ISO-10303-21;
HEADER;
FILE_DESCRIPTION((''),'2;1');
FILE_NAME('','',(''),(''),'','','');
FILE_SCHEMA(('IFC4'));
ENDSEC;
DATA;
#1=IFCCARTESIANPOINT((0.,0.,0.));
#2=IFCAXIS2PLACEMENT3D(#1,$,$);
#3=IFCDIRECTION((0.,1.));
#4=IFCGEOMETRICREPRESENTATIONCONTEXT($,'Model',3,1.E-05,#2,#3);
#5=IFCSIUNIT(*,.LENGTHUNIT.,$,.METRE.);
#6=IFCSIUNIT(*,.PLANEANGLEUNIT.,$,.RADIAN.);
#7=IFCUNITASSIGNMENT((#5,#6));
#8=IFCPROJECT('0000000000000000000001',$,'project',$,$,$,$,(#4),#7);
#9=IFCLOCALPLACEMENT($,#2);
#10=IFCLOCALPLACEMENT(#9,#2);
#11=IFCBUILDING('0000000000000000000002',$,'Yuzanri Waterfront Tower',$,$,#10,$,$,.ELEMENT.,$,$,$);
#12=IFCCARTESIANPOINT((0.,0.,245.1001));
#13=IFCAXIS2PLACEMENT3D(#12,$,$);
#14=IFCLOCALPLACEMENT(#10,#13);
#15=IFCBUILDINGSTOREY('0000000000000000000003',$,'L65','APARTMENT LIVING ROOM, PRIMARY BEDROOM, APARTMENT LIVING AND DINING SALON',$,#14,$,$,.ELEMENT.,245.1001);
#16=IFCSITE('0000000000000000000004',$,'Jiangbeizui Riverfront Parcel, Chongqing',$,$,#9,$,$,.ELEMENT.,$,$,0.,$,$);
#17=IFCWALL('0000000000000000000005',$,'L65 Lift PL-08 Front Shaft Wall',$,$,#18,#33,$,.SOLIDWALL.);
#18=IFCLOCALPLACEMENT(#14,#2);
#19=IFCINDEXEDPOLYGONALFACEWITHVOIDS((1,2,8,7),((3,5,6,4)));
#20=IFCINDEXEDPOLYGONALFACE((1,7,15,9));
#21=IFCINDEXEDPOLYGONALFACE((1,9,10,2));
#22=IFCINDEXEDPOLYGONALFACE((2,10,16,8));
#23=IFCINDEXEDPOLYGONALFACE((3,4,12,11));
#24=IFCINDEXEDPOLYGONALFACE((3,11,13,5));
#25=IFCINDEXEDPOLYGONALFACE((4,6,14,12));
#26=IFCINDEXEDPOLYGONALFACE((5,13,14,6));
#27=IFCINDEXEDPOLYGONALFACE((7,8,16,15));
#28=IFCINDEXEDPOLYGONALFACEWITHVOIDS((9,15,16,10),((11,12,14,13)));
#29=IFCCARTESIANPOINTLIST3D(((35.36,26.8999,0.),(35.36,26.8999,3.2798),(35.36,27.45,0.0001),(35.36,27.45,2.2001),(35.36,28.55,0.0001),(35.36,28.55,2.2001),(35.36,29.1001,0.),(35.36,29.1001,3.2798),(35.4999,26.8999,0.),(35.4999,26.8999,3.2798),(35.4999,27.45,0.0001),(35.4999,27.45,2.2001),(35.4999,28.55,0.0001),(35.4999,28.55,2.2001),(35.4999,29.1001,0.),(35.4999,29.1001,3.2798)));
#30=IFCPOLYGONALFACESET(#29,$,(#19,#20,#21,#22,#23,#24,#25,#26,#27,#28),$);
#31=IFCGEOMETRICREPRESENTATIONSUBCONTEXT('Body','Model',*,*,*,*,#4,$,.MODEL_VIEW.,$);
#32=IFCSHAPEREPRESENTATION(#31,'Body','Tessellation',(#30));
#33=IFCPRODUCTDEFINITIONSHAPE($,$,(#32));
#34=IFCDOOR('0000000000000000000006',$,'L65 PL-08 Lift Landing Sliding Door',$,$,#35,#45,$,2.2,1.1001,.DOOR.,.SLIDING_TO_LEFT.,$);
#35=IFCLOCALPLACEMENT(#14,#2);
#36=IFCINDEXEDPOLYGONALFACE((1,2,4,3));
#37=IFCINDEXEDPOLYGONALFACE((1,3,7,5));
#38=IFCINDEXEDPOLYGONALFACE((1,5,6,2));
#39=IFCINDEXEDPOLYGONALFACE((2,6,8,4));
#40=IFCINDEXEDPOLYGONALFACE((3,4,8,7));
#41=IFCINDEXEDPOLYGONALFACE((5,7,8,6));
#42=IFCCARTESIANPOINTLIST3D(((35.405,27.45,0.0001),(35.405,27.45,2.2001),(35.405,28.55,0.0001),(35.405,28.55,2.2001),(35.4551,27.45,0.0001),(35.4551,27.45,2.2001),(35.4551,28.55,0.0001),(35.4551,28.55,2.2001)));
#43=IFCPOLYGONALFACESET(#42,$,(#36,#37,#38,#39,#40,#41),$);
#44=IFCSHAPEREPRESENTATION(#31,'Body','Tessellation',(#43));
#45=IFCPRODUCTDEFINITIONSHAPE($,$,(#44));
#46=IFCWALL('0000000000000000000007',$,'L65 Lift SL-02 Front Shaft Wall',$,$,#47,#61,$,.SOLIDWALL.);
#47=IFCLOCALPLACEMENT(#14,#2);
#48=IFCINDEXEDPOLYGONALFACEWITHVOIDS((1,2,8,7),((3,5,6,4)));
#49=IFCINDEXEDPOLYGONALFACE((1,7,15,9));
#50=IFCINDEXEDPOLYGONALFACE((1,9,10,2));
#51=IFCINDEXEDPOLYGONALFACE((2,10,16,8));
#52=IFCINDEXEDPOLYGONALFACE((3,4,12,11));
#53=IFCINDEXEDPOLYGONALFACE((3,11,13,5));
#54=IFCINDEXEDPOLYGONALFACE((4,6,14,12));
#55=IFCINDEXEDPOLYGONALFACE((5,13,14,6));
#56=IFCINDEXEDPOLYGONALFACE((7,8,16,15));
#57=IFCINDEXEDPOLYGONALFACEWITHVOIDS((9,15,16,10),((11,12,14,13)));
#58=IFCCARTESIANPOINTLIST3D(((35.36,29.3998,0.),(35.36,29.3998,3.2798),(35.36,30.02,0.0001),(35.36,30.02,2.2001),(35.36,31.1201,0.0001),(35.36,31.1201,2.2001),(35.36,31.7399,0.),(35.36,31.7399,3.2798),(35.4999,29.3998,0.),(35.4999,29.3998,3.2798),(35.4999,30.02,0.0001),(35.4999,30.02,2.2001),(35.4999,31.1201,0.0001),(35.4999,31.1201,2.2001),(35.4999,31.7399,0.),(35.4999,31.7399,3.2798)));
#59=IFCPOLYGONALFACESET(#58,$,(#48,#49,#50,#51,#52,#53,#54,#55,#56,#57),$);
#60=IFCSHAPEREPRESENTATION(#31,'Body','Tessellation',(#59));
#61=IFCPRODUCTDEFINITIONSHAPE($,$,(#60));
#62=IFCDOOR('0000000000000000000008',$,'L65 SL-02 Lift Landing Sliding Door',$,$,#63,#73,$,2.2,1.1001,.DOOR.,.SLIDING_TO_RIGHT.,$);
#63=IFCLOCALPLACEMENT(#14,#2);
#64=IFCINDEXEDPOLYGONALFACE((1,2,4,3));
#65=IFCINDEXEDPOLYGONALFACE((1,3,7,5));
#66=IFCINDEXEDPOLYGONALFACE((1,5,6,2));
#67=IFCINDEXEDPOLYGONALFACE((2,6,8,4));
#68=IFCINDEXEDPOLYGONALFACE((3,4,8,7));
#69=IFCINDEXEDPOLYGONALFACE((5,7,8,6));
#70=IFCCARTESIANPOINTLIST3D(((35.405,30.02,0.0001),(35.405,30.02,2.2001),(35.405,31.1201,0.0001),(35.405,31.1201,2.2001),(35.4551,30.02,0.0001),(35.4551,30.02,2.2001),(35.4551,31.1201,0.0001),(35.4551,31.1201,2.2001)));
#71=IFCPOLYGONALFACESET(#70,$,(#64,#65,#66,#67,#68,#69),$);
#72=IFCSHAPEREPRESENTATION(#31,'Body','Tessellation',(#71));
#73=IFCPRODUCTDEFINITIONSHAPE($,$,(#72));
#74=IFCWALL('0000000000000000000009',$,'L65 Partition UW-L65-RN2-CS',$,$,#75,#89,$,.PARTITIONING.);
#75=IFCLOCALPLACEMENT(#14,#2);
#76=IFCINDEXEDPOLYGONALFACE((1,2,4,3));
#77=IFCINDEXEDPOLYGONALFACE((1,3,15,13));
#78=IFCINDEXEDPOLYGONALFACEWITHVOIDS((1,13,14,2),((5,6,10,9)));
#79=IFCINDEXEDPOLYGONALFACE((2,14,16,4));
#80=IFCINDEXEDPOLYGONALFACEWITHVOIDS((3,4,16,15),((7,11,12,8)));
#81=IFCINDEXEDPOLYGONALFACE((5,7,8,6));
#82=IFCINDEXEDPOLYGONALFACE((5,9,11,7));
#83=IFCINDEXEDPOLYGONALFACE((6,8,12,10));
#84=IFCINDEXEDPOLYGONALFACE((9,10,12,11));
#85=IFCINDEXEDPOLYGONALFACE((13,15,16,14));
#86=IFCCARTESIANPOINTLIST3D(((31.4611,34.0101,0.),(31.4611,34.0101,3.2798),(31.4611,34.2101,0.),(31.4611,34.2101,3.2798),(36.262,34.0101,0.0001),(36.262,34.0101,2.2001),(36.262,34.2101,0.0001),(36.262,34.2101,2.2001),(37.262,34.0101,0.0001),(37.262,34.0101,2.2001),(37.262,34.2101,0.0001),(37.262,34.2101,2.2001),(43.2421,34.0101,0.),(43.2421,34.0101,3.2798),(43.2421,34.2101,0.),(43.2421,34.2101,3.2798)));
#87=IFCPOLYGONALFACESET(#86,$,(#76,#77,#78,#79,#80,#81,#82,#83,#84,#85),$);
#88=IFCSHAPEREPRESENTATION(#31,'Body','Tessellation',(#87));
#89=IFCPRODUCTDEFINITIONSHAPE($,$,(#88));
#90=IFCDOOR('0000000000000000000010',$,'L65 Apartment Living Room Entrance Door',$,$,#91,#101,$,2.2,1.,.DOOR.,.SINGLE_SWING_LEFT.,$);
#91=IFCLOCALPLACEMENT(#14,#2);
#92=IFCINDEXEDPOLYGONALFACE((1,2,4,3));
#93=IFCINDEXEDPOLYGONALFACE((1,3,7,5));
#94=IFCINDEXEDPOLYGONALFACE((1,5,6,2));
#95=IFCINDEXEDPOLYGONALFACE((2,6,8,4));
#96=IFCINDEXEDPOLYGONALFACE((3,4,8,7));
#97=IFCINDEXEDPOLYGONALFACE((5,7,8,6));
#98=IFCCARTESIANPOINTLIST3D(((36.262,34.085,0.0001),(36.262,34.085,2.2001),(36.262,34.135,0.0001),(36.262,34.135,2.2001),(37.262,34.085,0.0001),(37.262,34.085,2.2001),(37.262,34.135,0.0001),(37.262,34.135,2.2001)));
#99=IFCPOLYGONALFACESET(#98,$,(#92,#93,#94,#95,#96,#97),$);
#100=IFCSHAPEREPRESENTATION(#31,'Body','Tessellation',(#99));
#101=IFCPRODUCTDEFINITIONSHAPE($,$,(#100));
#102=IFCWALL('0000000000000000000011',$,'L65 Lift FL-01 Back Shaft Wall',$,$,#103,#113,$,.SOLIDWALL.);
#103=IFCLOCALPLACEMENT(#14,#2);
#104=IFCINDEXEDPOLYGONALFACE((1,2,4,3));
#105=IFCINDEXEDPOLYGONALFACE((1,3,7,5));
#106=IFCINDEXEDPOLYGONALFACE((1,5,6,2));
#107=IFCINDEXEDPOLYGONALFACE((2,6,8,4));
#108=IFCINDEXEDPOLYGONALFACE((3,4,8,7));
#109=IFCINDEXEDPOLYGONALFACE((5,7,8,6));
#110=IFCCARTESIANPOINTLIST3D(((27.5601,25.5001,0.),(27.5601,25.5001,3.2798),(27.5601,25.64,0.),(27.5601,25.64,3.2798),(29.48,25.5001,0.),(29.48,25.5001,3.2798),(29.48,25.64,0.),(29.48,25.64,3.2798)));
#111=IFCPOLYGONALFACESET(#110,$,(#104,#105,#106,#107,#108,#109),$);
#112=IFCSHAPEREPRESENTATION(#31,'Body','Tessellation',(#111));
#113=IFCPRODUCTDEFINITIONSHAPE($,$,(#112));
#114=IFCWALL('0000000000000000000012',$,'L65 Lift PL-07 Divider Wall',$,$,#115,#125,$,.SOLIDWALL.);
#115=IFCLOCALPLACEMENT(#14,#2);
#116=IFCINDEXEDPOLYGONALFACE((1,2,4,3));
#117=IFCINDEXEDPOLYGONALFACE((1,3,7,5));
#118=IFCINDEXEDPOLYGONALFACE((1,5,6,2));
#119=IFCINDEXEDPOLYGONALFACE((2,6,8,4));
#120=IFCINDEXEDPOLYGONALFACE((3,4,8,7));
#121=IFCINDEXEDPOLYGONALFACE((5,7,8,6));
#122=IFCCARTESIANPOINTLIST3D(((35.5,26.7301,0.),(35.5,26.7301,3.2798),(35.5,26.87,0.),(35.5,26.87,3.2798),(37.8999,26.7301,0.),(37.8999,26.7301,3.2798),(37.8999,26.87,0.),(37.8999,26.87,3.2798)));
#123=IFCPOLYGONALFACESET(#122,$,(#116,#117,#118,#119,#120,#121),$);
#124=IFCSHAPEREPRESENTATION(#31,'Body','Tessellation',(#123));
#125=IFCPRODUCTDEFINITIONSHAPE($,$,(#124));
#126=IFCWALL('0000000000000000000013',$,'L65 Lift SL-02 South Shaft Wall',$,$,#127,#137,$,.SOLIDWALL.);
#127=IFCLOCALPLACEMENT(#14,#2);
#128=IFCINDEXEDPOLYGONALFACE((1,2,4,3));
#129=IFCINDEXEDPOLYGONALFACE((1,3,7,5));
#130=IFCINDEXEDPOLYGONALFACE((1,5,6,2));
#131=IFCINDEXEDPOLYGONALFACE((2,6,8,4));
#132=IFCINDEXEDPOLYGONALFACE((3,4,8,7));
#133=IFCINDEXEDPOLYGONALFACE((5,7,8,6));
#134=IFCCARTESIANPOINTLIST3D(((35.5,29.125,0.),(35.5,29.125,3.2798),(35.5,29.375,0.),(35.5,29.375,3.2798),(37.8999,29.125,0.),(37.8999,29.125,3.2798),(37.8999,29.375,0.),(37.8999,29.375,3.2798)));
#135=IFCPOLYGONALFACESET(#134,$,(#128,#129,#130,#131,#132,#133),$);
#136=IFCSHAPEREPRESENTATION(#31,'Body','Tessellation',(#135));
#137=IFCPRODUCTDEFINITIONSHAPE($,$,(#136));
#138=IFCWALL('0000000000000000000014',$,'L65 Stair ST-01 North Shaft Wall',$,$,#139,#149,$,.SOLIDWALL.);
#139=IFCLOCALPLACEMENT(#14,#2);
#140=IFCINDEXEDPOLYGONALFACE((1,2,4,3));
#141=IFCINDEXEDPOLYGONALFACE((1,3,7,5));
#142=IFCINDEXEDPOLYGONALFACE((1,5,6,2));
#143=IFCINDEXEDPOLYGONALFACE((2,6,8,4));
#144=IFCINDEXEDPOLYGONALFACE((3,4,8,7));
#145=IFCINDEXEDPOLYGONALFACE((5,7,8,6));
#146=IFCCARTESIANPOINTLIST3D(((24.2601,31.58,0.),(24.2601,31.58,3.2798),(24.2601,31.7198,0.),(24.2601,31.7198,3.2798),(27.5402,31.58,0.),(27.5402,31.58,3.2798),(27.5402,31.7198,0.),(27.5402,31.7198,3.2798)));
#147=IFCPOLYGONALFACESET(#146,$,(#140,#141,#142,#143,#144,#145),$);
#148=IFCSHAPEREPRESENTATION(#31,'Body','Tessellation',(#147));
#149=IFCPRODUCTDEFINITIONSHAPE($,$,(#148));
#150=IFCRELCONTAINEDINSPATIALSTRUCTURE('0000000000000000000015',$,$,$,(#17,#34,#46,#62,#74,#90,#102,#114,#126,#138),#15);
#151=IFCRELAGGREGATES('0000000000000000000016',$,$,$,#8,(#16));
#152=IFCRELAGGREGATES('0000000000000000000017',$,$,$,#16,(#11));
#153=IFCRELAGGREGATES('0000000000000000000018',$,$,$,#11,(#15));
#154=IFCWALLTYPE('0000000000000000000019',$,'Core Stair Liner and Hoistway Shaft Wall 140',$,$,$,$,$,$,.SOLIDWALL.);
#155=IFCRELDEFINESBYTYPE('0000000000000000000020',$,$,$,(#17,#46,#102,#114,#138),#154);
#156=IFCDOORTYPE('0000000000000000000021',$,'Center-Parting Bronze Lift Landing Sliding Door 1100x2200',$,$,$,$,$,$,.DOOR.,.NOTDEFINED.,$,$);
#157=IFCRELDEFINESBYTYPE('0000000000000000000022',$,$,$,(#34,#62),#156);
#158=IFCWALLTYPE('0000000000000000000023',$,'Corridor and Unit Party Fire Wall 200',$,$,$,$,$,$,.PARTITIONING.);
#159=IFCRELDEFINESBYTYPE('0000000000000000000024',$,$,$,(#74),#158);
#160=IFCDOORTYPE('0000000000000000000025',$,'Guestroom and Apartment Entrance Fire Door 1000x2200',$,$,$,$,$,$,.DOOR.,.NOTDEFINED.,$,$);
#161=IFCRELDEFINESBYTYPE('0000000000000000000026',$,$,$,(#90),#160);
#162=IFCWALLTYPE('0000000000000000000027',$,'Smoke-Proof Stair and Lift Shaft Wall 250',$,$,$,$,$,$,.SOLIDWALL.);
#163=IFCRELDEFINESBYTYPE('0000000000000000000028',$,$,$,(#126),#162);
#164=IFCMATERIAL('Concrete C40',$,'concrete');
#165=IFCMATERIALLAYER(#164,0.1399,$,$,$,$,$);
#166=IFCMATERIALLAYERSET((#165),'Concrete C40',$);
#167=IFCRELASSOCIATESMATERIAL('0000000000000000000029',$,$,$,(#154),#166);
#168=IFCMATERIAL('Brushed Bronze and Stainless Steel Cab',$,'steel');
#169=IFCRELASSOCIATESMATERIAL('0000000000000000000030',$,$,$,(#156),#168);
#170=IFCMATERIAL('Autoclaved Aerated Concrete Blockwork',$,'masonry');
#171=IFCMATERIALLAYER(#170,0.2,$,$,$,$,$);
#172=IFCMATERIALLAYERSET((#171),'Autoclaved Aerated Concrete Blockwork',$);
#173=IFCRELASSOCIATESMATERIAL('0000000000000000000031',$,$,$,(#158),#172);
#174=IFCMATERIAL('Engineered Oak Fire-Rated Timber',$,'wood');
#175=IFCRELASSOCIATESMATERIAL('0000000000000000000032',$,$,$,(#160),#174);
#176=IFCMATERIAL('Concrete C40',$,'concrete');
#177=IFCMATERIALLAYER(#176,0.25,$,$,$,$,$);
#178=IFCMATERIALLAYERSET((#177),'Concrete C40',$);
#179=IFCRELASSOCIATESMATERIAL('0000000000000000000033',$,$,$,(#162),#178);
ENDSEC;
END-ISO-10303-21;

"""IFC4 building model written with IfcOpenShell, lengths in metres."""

from ifc_helpers import new_model, si_unit, direction, frame, frame_2d, origin, place, context, subcontext, project, spatial, rectangle, extrude, source, transform, mapped, material, layer, layer_set, type_object, element, fill, save


model = new_model("IFC4")

# Units and contexts
model_context = context("Model", 3, precision=1e-05, world=origin(), true_north=direction((0.0, 1.0)))
body_context = subcontext(model_context, "Body", "Model", "MODEL_VIEW")
ifc_project = project(units=[si_unit("LENGTHUNIT", "METRE"), si_unit("PLANEANGLEUNIT", "RADIAN")], contexts=[model_context])

# Site, building, storey
site_placement = place(None, origin())
site = spatial("IfcSite", under=ifc_project, at=site_placement, Name="Jiangbeizui Riverfront Parcel, Chongqing", CompositionType="ELEMENT", RefElevation=0.0)
building_placement = place(site_placement, origin())
building = spatial("IfcBuilding", under=site, at=building_placement, Name="Yuzanri Waterfront Tower", CompositionType="ELEMENT")
storey_placement = place(building_placement, frame((0.0, 0.0, 245.1001)))
storey = spatial("IfcBuildingStorey", under=building, at=storey_placement, Name="L65", Description="APARTMENT LIVING ROOM, PRIMARY BEDROOM, APARTMENT LIVING AND DINING SALON", CompositionType="ELEMENT", Elevation=245.1001)

# Walls, openings, doors
ifc_material_1 = material(Name="Concrete C40", Category="concrete")
ifc_layer_1 = layer(ifc_material_1, 0.1399)
ifc_layer_set_1 = layer_set([ifc_layer_1], Name="Concrete C40")
wall_type_1 = type_object("IfcWallType", Name="Core Stair Liner and Hoistway Shaft Wall 140", PredefinedType="SOLIDWALL", material=ifc_layer_set_1)
wall_1_placement = place(storey_placement, frame((35.4299, 26.8999, 0.0), z_axis=(0.0, 0.0, 1.0), x_axis=(0.0, 1.0, 0.0)))
wall_1 = element("IfcWall", 1, at=wall_1_placement, inside=storey, type_object=wall_type_1, Name="L65 Lift PL-08 Front Shaft Wall", PredefinedType="SOLIDWALL", context=body_context, shape_type="SweptSolid", body=[
    extrude(rectangle(XDim=2.2002, YDim=0.1399, at=frame_2d((1.1001, 0.0))), origin(), (0.0, 0.0, 1.0), 3.2798),
])
opening_1_placement = place(wall_1_placement, frame((0.55, 0.0, 0.0)))
opening_1 = element("IfcOpeningElement", 2, at=opening_1_placement, cuts=wall_1, PredefinedType="OPENING", context=body_context, shape_type="SweptSolid", body=[
    extrude(rectangle(XDim=1.1001, YDim=2.2, at=frame_2d((0.55, 1.1001))), frame((0.0, 0.085, 0.0), z_axis=(0.0, -1.0, 0.0), x_axis=(1.0, 0.0, 0.0)), (0.0, 0.0, 1.0), 0.1697),
])
ifc_material_2 = material(Name="Brushed Bronze and Stainless Steel Cab", Category="steel")
door_type_1 = type_object("IfcDoorType", Name="Center-Parting Bronze Lift Landing Sliding Door 1100x2200", OperationType="NOTDEFINED", PredefinedType="DOOR", material=ifc_material_2)
shared_shape_1 = source(origin(), body_context, "Body", "SweptSolid", [
    extrude(rectangle(XDim=1.1001, YDim=2.2, at=frame_2d((0.55, 1.1001))), frame((0.0, 0.0249, 0.0), z_axis=(0.0, -1.0, 0.0), x_axis=(1.0, 0.0, 0.0)), (0.0, 0.0, 1.0), 0.05),
])
door_1_placement = place(opening_1_placement, origin())
door_1 = element("IfcDoor", 3, at=door_1_placement, inside=storey, type_object=door_type_1, Name="L65 PL-08 Lift Landing Sliding Door", OperationType="SLIDING_TO_LEFT", OverallHeight=2.2, OverallWidth=1.1001, PredefinedType="DOOR", context=body_context, shape_type="MappedRepresentation", body=[
    mapped(shared_shape_1, transform((0.0, 0.0, 0.0), scale=1.0)),
])
fill(opening_1, door_1)
wall_2_placement = place(storey_placement, frame((35.4299, 29.3999, 0.0), z_axis=(0.0, 0.0, 1.0), x_axis=(0.0, 1.0, 0.0)))
wall_2 = element("IfcWall", 4, at=wall_2_placement, inside=storey, type_object=wall_type_1, Name="L65 Lift SL-02 Front Shaft Wall", PredefinedType="SOLIDWALL", context=body_context, shape_type="SweptSolid", body=[
    extrude(rectangle(XDim=2.3401, YDim=0.1399, at=frame_2d((1.1699, 0.0))), origin(), (0.0, 0.0, 1.0), 3.2798),
])
opening_2_placement = place(wall_2_placement, frame((0.6201, 0.0, 0.0)))
opening_2 = element("IfcOpeningElement", 5, at=opening_2_placement, cuts=wall_2, PredefinedType="OPENING", context=body_context, shape_type="SweptSolid", body=[
    extrude(rectangle(XDim=1.1001, YDim=2.2, at=frame_2d((0.55, 1.1001))), frame((0.0, 0.085, 0.0), z_axis=(0.0, -1.0, 0.0), x_axis=(1.0, 0.0, 0.0)), (0.0, 0.0, 1.0), 0.1697),
])
door_2_placement = place(opening_2_placement, origin())
door_2 = element("IfcDoor", 6, at=door_2_placement, inside=storey, type_object=door_type_1, Name="L65 SL-02 Lift Landing Sliding Door", OperationType="SLIDING_TO_RIGHT", OverallHeight=2.2, OverallWidth=1.1001, PredefinedType="DOOR", context=body_context, shape_type="MappedRepresentation", body=[
    mapped(shared_shape_1, transform((0.0, 0.0, 0.0), scale=1.0)),
])
fill(opening_2, door_2)
ifc_material_3 = material(Name="Autoclaved Aerated Concrete Blockwork", Category="masonry")
ifc_layer_2 = layer(ifc_material_3, 0.2)
ifc_layer_set_2 = layer_set([ifc_layer_2], Name="Autoclaved Aerated Concrete Blockwork")
wall_type_2 = type_object("IfcWallType", Name="Corridor and Unit Party Fire Wall 200", PredefinedType="PARTITIONING", material=ifc_layer_set_2)
wall_3_placement = place(storey_placement, frame((31.4609, 34.1101, 0.0), z_axis=(0.0, 0.0, 1.0), x_axis=(1.0, 0.0, 0.0)))
wall_3 = element("IfcWall", 7, at=wall_3_placement, inside=storey, type_object=wall_type_2, Name="L65 Partition UW-L65-RN2-CS", PredefinedType="PARTITIONING", context=body_context, shape_type="SweptSolid", body=[
    extrude(rectangle(XDim=11.781, YDim=0.2, at=frame_2d((5.8906, 0.0))), origin(), (0.0, 0.0, 1.0), 3.2798),
])
opening_3_placement = place(wall_3_placement, frame((4.801, 0.0, 0.0)))
opening_3 = element("IfcOpeningElement", 8, at=opening_3_placement, cuts=wall_3, PredefinedType="OPENING", context=body_context, shape_type="SweptSolid", body=[
    extrude(rectangle(XDim=1.0, YDim=2.2, at=frame_2d((0.5, 1.1001))), frame((0.0, 0.1147, 0.0), z_axis=(0.0, -1.0, 0.0), x_axis=(1.0, 0.0, 0.0)), (0.0, 0.0, 1.0), 0.2297),
])
ifc_material_4 = material(Name="Engineered Oak Fire-Rated Timber", Category="wood")
door_type_2 = type_object("IfcDoorType", Name="Guestroom and Apartment Entrance Fire Door 1000x2200", OperationType="NOTDEFINED", PredefinedType="DOOR", material=ifc_material_4)
shared_shape_2 = source(origin(), body_context, "Body", "SweptSolid", [
    extrude(rectangle(XDim=1.0, YDim=2.2, at=frame_2d((0.5, 1.1001))), frame((0.0, 0.0249, 0.0), z_axis=(0.0, -1.0, 0.0), x_axis=(1.0, 0.0, 0.0)), (0.0, 0.0, 1.0), 0.05),
])
door_3_placement = place(opening_3_placement, origin())
door_3 = element("IfcDoor", 9, at=door_3_placement, inside=storey, type_object=door_type_2, Name="L65 Apartment Living Room Entrance Door", OperationType="SINGLE_SWING_LEFT", OverallHeight=2.2, OverallWidth=1.0, PredefinedType="DOOR", context=body_context, shape_type="MappedRepresentation", body=[
    mapped(shared_shape_2, transform((0.0, 0.0, 0.0), scale=1.0)),
])
fill(opening_3, door_3)

# Walls
shared_shape_3 = source(origin(), body_context, "Body", "SweptSolid", [
    extrude(rectangle(XDim=1.9199, YDim=0.1399, at=frame_2d((0.96, 0.0))), origin(), (0.0, 0.0, 1.0), 3.2798),
])
wall_4_placement = place(storey_placement, frame((27.5601, 25.5701, 0.0), z_axis=(0.0, 0.0, 1.0), x_axis=(1.0, 0.0, 0.0)))
element("IfcWall", 10, at=wall_4_placement, inside=storey, type_object=wall_type_1, Name="L65 Lift FL-01 Back Shaft Wall", PredefinedType="SOLIDWALL", context=body_context, shape_type="MappedRepresentation", body=[
    mapped(shared_shape_3, transform((0.0, 0.0, 0.0), scale=1.0)),
])
shared_shape_4 = source(origin(), body_context, "Body", "SweptSolid", [
    extrude(rectangle(XDim=2.3999, YDim=0.1399, at=frame_2d((1.2, 0.0))), origin(), (0.0, 0.0, 1.0), 3.2798),
])
wall_5_placement = place(storey_placement, frame((35.5, 26.8, 0.0), z_axis=(0.0, 0.0, 1.0), x_axis=(1.0, 0.0, 0.0)))
element("IfcWall", 11, at=wall_5_placement, inside=storey, type_object=wall_type_1, Name="L65 Lift PL-07 Divider Wall", PredefinedType="SOLIDWALL", context=body_context, shape_type="MappedRepresentation", body=[
    mapped(shared_shape_4, transform((0.0, 0.0, 0.0), scale=1.0)),
])
ifc_material_5 = material(Name="Concrete C40", Category="concrete")
ifc_layer_3 = layer(ifc_material_5, 0.25)
ifc_layer_set_3 = layer_set([ifc_layer_3], Name="Concrete C40")
wall_type_3 = type_object("IfcWallType", Name="Smoke-Proof Stair and Lift Shaft Wall 250", PredefinedType="SOLIDWALL", material=ifc_layer_set_3)
shared_shape_5 = source(origin(), body_context, "Body", "SweptSolid", [
    extrude(rectangle(XDim=2.3999, YDim=0.25, at=frame_2d((1.2, 0.0))), origin(), (0.0, 0.0, 1.0), 3.2798),
])
wall_6_placement = place(storey_placement, frame((35.5, 29.25, 0.0), z_axis=(0.0, 0.0, 1.0), x_axis=(1.0, 0.0, 0.0)))
element("IfcWall", 12, at=wall_6_placement, inside=storey, type_object=wall_type_3, Name="L65 Lift SL-02 South Shaft Wall", PredefinedType="SOLIDWALL", context=body_context, shape_type="MappedRepresentation", body=[
    mapped(shared_shape_5, transform((0.0, 0.0, 0.0), scale=1.0)),
])
shared_shape_6 = source(origin(), body_context, "Body", "SweptSolid", [
    extrude(rectangle(XDim=3.28, YDim=0.1399, at=frame_2d((1.6401, 0.0))), origin(), (0.0, 0.0, 1.0), 3.2798),
])
wall_7_placement = place(storey_placement, frame((24.26, 31.6499, 0.0), z_axis=(0.0, 0.0, 1.0), x_axis=(1.0, 0.0, 0.0)))
element("IfcWall", 13, at=wall_7_placement, inside=storey, type_object=wall_type_1, Name="L65 Stair ST-01 North Shaft Wall", PredefinedType="SOLIDWALL", context=body_context, shape_type="MappedRepresentation", body=[
    mapped(shared_shape_6, transform((0.0, 0.0, 0.0), scale=1.0)),
])

save(model, "model.ifc")
